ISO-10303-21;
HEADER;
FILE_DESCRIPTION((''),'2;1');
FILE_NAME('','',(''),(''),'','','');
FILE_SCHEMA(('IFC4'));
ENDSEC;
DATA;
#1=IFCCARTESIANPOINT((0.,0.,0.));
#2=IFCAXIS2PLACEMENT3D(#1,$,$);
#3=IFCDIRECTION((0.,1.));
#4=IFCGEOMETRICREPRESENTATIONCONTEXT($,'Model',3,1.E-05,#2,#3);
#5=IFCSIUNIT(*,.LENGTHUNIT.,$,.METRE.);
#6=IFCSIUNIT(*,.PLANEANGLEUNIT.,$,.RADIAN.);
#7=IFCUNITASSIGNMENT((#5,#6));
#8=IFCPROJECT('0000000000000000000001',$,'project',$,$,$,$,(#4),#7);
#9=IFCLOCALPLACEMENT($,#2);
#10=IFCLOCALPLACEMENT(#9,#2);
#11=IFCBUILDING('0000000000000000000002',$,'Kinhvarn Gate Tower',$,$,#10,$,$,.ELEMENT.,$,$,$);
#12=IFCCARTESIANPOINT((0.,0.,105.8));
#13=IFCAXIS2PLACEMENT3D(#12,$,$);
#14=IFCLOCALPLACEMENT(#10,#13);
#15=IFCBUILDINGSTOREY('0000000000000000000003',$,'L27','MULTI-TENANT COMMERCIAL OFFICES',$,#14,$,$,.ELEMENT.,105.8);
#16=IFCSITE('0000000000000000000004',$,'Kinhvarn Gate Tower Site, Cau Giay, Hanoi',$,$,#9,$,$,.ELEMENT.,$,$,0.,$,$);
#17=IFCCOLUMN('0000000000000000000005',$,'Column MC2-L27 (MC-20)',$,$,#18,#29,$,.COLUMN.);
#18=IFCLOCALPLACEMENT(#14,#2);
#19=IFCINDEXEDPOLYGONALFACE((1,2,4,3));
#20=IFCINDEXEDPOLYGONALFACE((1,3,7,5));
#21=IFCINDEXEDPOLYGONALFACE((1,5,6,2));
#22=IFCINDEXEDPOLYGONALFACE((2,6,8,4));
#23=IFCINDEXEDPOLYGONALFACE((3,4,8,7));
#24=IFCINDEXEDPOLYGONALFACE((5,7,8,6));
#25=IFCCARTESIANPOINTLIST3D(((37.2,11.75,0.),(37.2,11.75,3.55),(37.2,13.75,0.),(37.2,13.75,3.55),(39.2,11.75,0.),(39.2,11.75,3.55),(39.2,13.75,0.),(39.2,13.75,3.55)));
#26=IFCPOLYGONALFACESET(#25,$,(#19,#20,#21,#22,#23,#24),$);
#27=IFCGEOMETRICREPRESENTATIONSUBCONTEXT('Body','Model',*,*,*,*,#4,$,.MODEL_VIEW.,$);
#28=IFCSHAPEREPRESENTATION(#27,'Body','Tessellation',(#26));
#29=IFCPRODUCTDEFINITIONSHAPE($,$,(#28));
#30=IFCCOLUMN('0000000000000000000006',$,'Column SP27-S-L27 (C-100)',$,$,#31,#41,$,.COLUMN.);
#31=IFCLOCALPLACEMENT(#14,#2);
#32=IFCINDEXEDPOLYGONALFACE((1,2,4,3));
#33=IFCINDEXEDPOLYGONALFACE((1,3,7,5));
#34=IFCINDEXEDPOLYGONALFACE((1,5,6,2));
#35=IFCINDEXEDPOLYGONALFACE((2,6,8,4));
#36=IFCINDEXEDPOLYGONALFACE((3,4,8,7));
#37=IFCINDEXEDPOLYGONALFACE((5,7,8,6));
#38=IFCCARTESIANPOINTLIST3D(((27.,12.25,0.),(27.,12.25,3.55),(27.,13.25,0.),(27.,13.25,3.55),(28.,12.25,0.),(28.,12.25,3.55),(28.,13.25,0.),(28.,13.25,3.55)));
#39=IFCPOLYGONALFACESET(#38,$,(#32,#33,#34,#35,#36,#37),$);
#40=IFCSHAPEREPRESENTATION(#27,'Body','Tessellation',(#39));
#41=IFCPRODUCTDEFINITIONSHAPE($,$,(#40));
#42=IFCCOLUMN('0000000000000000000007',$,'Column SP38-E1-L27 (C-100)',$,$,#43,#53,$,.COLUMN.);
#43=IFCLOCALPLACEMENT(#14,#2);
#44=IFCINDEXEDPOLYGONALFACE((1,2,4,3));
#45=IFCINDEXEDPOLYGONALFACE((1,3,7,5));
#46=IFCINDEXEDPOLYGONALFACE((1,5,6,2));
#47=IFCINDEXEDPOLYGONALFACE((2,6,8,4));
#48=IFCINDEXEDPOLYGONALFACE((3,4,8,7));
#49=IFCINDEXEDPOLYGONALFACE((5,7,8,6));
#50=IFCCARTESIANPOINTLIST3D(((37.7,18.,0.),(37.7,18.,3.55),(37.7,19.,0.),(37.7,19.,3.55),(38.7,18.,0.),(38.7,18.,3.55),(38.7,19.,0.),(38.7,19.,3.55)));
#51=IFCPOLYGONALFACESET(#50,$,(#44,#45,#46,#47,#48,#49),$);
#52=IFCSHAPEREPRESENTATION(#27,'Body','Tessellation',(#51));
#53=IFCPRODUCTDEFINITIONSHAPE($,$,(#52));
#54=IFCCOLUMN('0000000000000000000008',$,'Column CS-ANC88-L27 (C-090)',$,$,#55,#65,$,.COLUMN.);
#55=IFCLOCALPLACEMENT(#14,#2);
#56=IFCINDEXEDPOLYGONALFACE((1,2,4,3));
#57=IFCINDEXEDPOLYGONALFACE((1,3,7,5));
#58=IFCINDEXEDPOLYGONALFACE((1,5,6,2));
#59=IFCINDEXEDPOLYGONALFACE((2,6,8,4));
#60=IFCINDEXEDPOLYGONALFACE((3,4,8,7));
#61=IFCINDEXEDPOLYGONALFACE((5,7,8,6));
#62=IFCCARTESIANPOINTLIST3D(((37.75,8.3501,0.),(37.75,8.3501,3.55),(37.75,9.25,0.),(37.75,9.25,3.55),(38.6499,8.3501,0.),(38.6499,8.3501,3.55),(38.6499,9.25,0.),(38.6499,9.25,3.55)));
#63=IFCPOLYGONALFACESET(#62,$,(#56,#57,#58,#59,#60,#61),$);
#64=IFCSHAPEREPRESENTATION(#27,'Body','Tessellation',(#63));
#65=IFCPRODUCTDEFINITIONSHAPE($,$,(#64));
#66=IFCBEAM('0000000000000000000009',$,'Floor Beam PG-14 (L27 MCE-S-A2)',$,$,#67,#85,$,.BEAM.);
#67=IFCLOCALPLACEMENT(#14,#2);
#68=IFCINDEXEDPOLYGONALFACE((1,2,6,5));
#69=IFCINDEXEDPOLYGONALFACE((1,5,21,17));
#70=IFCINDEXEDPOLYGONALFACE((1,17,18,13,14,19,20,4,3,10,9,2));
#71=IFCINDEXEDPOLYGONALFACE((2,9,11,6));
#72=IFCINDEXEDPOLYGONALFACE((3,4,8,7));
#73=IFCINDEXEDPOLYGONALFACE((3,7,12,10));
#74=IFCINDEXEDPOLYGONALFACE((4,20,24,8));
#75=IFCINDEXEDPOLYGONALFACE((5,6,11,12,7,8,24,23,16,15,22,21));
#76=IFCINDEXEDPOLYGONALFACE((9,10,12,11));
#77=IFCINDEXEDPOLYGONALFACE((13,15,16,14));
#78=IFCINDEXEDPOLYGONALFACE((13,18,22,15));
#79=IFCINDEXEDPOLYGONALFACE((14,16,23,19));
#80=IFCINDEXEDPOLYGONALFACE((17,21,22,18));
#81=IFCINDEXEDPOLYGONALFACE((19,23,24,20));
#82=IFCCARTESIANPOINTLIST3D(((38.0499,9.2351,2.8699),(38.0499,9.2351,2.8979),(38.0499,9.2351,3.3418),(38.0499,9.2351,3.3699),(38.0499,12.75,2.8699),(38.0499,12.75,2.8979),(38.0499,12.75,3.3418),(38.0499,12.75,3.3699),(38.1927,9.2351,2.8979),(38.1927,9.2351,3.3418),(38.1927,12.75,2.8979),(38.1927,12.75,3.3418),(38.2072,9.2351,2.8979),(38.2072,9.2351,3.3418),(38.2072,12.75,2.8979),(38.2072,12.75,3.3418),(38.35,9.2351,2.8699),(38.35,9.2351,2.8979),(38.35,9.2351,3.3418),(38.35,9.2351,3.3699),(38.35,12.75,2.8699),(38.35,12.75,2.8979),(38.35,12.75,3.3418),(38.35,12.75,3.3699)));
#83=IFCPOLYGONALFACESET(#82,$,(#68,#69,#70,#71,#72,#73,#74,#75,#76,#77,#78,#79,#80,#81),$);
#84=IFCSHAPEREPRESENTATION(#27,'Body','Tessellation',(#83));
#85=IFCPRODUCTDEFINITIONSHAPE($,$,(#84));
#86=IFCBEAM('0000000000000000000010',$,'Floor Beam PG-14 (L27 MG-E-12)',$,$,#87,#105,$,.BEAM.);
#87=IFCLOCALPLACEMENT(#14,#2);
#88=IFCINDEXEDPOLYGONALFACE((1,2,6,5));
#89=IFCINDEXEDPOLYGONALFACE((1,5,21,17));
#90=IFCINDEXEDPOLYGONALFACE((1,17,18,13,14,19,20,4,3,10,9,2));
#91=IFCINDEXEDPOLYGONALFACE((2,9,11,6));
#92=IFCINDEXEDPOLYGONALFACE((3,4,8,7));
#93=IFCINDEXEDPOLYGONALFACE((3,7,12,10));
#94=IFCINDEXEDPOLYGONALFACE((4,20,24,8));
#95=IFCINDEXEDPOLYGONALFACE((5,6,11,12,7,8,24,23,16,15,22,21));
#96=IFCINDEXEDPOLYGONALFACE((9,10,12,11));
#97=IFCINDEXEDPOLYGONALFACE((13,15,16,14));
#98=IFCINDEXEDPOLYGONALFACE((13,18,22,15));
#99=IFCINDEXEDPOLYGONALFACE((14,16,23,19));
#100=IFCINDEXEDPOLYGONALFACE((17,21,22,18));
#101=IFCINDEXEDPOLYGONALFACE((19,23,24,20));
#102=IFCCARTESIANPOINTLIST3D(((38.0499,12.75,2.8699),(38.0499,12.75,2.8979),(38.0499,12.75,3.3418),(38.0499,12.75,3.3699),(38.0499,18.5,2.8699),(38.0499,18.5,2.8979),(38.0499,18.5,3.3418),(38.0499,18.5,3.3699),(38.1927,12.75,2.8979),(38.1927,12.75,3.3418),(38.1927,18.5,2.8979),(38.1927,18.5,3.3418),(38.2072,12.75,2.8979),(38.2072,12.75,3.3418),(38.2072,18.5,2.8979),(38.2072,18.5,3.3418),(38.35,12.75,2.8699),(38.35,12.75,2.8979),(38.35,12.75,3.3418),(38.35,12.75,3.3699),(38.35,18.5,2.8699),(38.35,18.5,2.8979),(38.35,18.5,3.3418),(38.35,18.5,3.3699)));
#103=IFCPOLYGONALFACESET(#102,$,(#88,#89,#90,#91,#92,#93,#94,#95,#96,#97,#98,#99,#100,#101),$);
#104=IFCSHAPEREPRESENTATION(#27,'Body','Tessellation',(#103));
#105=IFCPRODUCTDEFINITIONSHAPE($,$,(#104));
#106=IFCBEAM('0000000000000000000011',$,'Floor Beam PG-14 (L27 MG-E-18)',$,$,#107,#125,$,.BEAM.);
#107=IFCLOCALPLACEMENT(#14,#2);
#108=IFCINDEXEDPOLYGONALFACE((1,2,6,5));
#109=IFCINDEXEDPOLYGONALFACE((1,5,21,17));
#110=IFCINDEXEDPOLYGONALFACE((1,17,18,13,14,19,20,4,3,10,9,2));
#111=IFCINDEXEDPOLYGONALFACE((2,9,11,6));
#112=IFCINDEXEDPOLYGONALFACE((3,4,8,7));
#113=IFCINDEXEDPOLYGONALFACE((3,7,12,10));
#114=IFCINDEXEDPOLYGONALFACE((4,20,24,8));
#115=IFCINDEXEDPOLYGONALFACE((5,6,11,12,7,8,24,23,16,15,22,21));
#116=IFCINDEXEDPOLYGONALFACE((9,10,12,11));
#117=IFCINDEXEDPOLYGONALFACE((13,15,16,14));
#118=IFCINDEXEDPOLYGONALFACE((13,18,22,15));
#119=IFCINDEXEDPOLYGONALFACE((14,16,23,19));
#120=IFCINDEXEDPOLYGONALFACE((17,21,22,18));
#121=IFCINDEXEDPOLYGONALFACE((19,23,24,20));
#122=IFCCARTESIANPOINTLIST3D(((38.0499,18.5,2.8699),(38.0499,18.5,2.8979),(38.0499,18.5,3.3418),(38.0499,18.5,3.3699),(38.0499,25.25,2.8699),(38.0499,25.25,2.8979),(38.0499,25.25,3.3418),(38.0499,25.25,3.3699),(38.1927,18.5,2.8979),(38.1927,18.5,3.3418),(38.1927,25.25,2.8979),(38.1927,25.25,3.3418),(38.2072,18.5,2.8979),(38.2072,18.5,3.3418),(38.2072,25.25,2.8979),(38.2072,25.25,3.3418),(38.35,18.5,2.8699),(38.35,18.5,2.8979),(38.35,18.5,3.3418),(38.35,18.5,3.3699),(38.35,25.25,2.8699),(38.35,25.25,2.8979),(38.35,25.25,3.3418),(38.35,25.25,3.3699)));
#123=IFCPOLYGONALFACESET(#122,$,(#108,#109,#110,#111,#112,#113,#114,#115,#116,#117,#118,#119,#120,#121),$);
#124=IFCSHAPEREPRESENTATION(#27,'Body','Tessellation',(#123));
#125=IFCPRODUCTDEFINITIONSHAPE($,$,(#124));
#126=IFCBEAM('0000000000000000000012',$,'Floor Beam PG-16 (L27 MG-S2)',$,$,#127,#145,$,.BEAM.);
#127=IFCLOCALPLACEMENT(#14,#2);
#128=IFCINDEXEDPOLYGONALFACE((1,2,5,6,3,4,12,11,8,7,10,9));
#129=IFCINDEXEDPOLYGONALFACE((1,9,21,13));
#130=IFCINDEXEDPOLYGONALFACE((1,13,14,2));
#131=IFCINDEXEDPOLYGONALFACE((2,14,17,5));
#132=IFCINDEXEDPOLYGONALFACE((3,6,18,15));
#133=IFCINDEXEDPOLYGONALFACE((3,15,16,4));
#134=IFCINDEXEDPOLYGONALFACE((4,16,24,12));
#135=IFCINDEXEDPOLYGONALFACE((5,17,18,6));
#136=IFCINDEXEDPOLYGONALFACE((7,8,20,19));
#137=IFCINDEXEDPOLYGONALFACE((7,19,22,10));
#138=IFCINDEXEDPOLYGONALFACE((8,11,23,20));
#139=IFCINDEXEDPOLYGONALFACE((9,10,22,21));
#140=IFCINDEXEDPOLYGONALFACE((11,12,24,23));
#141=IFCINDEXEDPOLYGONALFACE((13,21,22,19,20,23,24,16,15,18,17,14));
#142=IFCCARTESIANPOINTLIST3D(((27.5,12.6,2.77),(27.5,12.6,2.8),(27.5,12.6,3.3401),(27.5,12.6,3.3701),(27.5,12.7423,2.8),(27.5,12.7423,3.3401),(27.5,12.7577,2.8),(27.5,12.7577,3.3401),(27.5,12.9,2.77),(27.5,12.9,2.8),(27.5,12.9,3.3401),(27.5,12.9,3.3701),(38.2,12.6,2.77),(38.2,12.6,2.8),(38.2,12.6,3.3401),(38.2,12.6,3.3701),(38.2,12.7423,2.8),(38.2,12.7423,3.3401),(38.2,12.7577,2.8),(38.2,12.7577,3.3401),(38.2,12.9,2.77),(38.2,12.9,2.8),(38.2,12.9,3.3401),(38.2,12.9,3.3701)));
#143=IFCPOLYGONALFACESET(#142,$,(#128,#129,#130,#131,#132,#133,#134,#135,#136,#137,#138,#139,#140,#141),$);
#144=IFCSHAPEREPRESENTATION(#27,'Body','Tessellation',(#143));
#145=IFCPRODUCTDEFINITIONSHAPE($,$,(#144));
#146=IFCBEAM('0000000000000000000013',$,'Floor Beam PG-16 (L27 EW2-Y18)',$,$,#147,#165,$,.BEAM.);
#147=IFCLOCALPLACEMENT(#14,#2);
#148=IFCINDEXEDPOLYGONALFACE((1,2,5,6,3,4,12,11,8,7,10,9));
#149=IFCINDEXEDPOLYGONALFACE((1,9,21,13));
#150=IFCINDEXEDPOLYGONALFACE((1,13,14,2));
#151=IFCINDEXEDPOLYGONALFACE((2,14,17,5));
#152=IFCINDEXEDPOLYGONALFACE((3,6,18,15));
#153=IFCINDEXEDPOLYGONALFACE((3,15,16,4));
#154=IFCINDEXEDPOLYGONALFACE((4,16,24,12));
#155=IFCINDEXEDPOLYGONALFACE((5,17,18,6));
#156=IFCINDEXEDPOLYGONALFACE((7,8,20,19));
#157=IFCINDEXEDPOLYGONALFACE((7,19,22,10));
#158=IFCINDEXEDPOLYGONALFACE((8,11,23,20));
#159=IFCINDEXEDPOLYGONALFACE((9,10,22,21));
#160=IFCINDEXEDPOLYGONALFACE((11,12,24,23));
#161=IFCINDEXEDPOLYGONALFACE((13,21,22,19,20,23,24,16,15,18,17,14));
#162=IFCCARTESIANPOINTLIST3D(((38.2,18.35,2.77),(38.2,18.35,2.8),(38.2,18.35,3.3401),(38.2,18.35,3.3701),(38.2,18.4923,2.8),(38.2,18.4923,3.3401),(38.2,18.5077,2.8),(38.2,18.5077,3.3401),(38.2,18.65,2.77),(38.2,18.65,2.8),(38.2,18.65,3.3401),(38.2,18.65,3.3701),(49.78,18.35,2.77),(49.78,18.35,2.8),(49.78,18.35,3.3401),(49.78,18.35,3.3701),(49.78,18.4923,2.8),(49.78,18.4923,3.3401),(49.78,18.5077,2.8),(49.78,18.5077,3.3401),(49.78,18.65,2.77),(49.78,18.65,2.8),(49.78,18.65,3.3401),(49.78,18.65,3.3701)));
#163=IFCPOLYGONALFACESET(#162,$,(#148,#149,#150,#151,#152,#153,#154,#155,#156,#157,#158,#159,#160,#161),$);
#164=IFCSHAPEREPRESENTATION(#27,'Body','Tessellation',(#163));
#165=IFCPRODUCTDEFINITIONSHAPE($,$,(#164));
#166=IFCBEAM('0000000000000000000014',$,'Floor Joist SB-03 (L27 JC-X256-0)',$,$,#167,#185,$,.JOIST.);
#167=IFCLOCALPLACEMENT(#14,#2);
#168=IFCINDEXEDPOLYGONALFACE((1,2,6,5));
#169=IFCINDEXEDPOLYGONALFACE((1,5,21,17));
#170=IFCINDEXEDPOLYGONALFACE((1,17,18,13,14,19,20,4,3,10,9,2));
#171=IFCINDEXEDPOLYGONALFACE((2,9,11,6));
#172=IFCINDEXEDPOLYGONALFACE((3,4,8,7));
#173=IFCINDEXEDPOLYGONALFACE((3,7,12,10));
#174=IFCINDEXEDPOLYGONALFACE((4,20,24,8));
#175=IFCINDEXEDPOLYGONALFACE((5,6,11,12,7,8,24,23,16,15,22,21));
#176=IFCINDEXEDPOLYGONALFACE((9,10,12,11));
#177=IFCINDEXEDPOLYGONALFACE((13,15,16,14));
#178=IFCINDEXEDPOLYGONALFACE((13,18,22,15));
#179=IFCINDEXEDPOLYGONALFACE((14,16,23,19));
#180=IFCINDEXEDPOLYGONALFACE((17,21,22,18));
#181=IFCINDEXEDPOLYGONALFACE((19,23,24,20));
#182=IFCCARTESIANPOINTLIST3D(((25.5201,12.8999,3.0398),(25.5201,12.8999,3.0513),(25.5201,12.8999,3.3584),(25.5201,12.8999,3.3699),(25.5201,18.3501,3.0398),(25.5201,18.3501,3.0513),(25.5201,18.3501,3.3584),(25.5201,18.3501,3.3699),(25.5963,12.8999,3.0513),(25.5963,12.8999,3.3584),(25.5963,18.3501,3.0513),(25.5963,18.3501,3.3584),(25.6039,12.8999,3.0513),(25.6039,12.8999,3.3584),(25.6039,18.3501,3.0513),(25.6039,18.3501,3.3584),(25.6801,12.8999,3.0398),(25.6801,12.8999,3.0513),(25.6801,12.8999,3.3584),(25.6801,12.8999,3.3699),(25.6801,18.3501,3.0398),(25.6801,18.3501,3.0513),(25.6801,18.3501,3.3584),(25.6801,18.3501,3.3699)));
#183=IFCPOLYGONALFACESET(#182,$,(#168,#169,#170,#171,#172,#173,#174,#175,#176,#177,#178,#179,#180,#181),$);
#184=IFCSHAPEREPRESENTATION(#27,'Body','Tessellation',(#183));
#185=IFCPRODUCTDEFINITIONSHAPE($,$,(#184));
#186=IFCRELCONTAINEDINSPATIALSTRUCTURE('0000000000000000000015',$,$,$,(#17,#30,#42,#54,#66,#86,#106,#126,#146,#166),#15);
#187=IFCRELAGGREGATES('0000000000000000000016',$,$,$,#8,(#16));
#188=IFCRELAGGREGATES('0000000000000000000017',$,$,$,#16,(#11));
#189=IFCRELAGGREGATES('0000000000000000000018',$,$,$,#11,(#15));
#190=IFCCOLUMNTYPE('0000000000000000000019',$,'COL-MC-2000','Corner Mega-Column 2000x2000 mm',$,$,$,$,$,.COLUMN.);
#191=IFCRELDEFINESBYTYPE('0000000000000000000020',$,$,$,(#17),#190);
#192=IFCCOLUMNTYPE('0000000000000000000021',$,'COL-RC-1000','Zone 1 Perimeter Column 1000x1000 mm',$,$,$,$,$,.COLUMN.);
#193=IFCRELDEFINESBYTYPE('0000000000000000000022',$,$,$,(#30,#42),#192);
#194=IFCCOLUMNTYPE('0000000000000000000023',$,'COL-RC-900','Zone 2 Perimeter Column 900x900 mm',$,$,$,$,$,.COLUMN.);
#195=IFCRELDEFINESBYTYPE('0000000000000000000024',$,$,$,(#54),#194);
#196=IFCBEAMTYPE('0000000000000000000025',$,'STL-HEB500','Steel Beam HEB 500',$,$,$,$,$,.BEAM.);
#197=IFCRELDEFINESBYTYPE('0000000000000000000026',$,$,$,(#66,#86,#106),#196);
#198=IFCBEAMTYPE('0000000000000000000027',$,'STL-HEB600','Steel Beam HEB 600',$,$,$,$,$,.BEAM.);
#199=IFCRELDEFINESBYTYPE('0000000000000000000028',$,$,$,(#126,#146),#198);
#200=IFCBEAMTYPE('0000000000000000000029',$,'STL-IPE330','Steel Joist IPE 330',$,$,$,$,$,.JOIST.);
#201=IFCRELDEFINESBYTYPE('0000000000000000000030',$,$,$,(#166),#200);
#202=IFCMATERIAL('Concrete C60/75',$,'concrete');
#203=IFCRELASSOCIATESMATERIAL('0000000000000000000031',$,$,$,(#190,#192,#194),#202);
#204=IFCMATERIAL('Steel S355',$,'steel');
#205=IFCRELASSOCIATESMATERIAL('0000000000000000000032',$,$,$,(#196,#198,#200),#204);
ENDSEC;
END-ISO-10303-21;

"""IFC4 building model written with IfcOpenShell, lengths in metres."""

from ifc_helpers import new_model, si_unit, direction, frame, origin, origin_2d, place, context, subcontext, project, spatial, rectangle, i_section, extrude, material, material_profile, profile_set, type_object, element, save


model = new_model("IFC4")

# Units and contexts
model_context = context("Model", 3, precision=1e-05, world=origin(), true_north=direction((0.0, 1.0)))
body_context = subcontext(model_context, "Body", "Model", "MODEL_VIEW")
ifc_project = project(units=[si_unit("LENGTHUNIT", "METRE"), si_unit("PLANEANGLEUNIT", "RADIAN")], contexts=[model_context])

# Site, building, storey
site_placement = place(None, origin())
site = spatial("IfcSite", under=ifc_project, at=site_placement, Name="Kinhvarn Gate Tower Site, Cau Giay, Hanoi", CompositionType="ELEMENT", RefElevation=0.0)
building_placement = place(site_placement, origin())
building = spatial("IfcBuilding", under=site, at=building_placement, Name="Kinhvarn Gate Tower", CompositionType="ELEMENT")
storey_placement = place(building_placement, frame((0.0, 0.0, 105.8)))
storey = spatial("IfcBuildingStorey", under=building, at=storey_placement, Name="L27", Description="MULTI-TENANT COMMERCIAL OFFICES", CompositionType="ELEMENT", Elevation=105.8)

# Columns
ifc_material_1 = material(Name="Concrete C60/75", Category="concrete")
ifc_material_profile_1 = material_profile(ifc_material_1, rectangle(XDim=2.0, YDim=2.0, at=origin_2d()), Name="RC 2000x2000")
ifc_profile_set_1 = profile_set([ifc_material_profile_1], Name="Concrete C60/75")
column_type_1 = type_object("IfcColumnType", Name="COL-MC-2000", Description="Corner Mega-Column 2000x2000 mm", PredefinedType="COLUMN", material=ifc_profile_set_1)
column_1_placement = place(storey_placement, frame((38.2, 12.75, 0.0), z_axis=(0.0, 0.0, 1.0), x_axis=(1.0, 0.0, 0.0)))
element("IfcColumn", 1, at=column_1_placement, inside=storey, type_object=column_type_1, Name="Column MC2-L27 (MC-20)", PredefinedType="COLUMN", context=body_context, shape_type="SweptSolid", body=[
    extrude(rectangle(XDim=2.0, YDim=2.0, at=origin_2d()), origin(), (0.0, 0.0, 1.0), 3.55),
])
ifc_material_profile_2 = material_profile(ifc_material_1, rectangle(XDim=1.0, YDim=1.0, at=origin_2d()), Name="RC 1000x1000")
ifc_profile_set_2 = profile_set([ifc_material_profile_2], Name="Concrete C60/75")
column_type_2 = type_object("IfcColumnType", Name="COL-RC-1000", Description="Zone 1 Perimeter Column 1000x1000 mm", PredefinedType="COLUMN", material=ifc_profile_set_2)
for number, where, z_axis, x_axis, name in (
    (2, (27.5, 12.75, 0.0), (0.0, 0.0, 1.0), (1.0, 0.0, 0.0), "Column SP27-S-L27 (C-100)"),
    (3, (38.2, 18.5, 0.0), (0.0, 0.0, 1.0), (1.0, 0.0, 0.0), "Column SP38-E1-L27 (C-100)"),
):
    element("IfcColumn", number, at=place(storey_placement, frame(where, z_axis=z_axis, x_axis=x_axis)), inside=storey, type_object=column_type_2, Name=name, PredefinedType="COLUMN", context=body_context, shape_type="SweptSolid", body=[
        extrude(rectangle(XDim=1.0, YDim=1.0, at=origin_2d()), origin(), (0.0, 0.0, 1.0), 3.55),
    ])
ifc_material_profile_3 = material_profile(ifc_material_1, rectangle(XDim=0.8999, YDim=0.8999, at=origin_2d()), Name="RC 900x900")
ifc_profile_set_3 = profile_set([ifc_material_profile_3], Name="Concrete C60/75")
column_type_3 = type_object("IfcColumnType", Name="COL-RC-900", Description="Zone 2 Perimeter Column 900x900 mm", PredefinedType="COLUMN", material=ifc_profile_set_3)
column_2_placement = place(storey_placement, frame((38.2, 8.8, 0.0), z_axis=(0.0, 0.0, 1.0), x_axis=(1.0, 0.0, 0.0)))
element("IfcColumn", 4, at=column_2_placement, inside=storey, type_object=column_type_3, Name="Column CS-ANC88-L27 (C-090)", PredefinedType="COLUMN", context=body_context, shape_type="SweptSolid", body=[
    extrude(rectangle(XDim=0.8999, YDim=0.8999, at=origin_2d()), origin(), (0.0, 0.0, 1.0), 3.55),
])

# Beams
ifc_material_2 = material(Name="Steel S355", Category="steel")
ifc_material_profile_4 = material_profile(ifc_material_2, i_section(OverallWidth=0.3, OverallDepth=0.5, WebThickness=0.0144, FlangeThickness=0.0281, at=origin_2d()), Name="HEB 500")
ifc_profile_set_4 = profile_set([ifc_material_profile_4], Name="Steel S355")
beam_type_1 = type_object("IfcBeamType", Name="STL-HEB500", Description="Steel Beam HEB 500", PredefinedType="BEAM", material=ifc_profile_set_4)
beam_1_placement = place(storey_placement, frame((38.2, 9.2351, 3.1199), z_axis=(0.0, 1.0, 0.0), x_axis=(-1.0, 0.0, 0.0)))
element("IfcBeam", 5, at=beam_1_placement, inside=storey, type_object=beam_type_1, Name="Floor Beam PG-14 (L27 MCE-S-A2)", PredefinedType="BEAM", context=body_context, shape_type="SweptSolid", body=[
    extrude(i_section(OverallWidth=0.3, OverallDepth=0.5, WebThickness=0.0144, FlangeThickness=0.0281, at=origin_2d()), origin(), (0.0, 0.0, 1.0), 3.5149),
])
beam_2_placement = place(storey_placement, frame((38.2, 12.75, 3.1199), z_axis=(0.0, 1.0, 0.0), x_axis=(-1.0, 0.0, 0.0)))
element("IfcBeam", 6, at=beam_2_placement, inside=storey, type_object=beam_type_1, Name="Floor Beam PG-14 (L27 MG-E-12)", PredefinedType="BEAM", context=body_context, shape_type="SweptSolid", body=[
    extrude(i_section(OverallWidth=0.3, OverallDepth=0.5, WebThickness=0.0144, FlangeThickness=0.0281, at=origin_2d()), origin(), (0.0, 0.0, 1.0), 5.75),
])
beam_3_placement = place(storey_placement, frame((38.2, 18.5, 3.1199), z_axis=(0.0, 1.0, 0.0), x_axis=(-1.0, 0.0, 0.0)))
element("IfcBeam", 7, at=beam_3_placement, inside=storey, type_object=beam_type_1, Name="Floor Beam PG-14 (L27 MG-E-18)", PredefinedType="BEAM", context=body_context, shape_type="SweptSolid", body=[
    extrude(i_section(OverallWidth=0.3, OverallDepth=0.5, WebThickness=0.0144, FlangeThickness=0.0281, at=origin_2d()), origin(), (0.0, 0.0, 1.0), 6.75),
])
ifc_material_profile_5 = material_profile(ifc_material_2, i_section(OverallWidth=0.3, OverallDepth=0.6001, WebThickness=0.0154, FlangeThickness=0.03, at=origin_2d()), Name="HEB 600")
ifc_profile_set_5 = profile_set([ifc_material_profile_5], Name="Steel S355")
beam_type_2 = type_object("IfcBeamType", Name="STL-HEB600", Description="Steel Beam HEB 600", PredefinedType="BEAM", material=ifc_profile_set_5)
beam_4_placement = place(storey_placement, frame((27.5, 12.75, 3.0701), z_axis=(1.0, 0.0, 0.0), x_axis=(0.0, 1.0, 0.0)))
element("IfcBeam", 8, at=beam_4_placement, inside=storey, type_object=beam_type_2, Name="Floor Beam PG-16 (L27 MG-S2)", PredefinedType="BEAM", context=body_context, shape_type="SweptSolid", body=[
    extrude(i_section(OverallWidth=0.3, OverallDepth=0.6001, WebThickness=0.0154, FlangeThickness=0.03, at=origin_2d()), origin(), (0.0, 0.0, 1.0), 10.7),
])
beam_5_placement = place(storey_placement, frame((38.2, 18.5, 3.0701), z_axis=(1.0, 0.0, 0.0), x_axis=(0.0, 1.0, 0.0)))
element("IfcBeam", 9, at=beam_5_placement, inside=storey, type_object=beam_type_2, Name="Floor Beam PG-16 (L27 EW2-Y18)", PredefinedType="BEAM", context=body_context, shape_type="SweptSolid", body=[
    extrude(i_section(OverallWidth=0.3, OverallDepth=0.6001, WebThickness=0.0154, FlangeThickness=0.03, at=origin_2d()), origin(), (0.0, 0.0, 1.0), 11.5801),
])
ifc_material_profile_6 = material_profile(ifc_material_2, i_section(OverallWidth=0.1599, OverallDepth=0.3301, WebThickness=0.0076, FlangeThickness=0.0115, at=origin_2d()), Name="IPE 330")
ifc_profile_set_6 = profile_set([ifc_material_profile_6], Name="Steel S355")
beam_type_3 = type_object("IfcBeamType", Name="STL-IPE330", Description="Steel Joist IPE 330", PredefinedType="JOIST", material=ifc_profile_set_6)
beam_6_placement = place(storey_placement, frame((25.6001, 12.8999, 3.2048), z_axis=(0.0, 1.0, 0.0), x_axis=(-1.0, 0.0, 0.0)))
element("IfcBeam", 10, at=beam_6_placement, inside=storey, type_object=beam_type_3, Name="Floor Joist SB-03 (L27 JC-X256-0)", PredefinedType="JOIST", context=body_context, shape_type="SweptSolid", body=[
    extrude(i_section(OverallWidth=0.1599, OverallDepth=0.3301, WebThickness=0.0076, FlangeThickness=0.0115, at=origin_2d()), origin(), (0.0, 0.0, 1.0), 5.4502),
])

save(model, "model.ifc")
